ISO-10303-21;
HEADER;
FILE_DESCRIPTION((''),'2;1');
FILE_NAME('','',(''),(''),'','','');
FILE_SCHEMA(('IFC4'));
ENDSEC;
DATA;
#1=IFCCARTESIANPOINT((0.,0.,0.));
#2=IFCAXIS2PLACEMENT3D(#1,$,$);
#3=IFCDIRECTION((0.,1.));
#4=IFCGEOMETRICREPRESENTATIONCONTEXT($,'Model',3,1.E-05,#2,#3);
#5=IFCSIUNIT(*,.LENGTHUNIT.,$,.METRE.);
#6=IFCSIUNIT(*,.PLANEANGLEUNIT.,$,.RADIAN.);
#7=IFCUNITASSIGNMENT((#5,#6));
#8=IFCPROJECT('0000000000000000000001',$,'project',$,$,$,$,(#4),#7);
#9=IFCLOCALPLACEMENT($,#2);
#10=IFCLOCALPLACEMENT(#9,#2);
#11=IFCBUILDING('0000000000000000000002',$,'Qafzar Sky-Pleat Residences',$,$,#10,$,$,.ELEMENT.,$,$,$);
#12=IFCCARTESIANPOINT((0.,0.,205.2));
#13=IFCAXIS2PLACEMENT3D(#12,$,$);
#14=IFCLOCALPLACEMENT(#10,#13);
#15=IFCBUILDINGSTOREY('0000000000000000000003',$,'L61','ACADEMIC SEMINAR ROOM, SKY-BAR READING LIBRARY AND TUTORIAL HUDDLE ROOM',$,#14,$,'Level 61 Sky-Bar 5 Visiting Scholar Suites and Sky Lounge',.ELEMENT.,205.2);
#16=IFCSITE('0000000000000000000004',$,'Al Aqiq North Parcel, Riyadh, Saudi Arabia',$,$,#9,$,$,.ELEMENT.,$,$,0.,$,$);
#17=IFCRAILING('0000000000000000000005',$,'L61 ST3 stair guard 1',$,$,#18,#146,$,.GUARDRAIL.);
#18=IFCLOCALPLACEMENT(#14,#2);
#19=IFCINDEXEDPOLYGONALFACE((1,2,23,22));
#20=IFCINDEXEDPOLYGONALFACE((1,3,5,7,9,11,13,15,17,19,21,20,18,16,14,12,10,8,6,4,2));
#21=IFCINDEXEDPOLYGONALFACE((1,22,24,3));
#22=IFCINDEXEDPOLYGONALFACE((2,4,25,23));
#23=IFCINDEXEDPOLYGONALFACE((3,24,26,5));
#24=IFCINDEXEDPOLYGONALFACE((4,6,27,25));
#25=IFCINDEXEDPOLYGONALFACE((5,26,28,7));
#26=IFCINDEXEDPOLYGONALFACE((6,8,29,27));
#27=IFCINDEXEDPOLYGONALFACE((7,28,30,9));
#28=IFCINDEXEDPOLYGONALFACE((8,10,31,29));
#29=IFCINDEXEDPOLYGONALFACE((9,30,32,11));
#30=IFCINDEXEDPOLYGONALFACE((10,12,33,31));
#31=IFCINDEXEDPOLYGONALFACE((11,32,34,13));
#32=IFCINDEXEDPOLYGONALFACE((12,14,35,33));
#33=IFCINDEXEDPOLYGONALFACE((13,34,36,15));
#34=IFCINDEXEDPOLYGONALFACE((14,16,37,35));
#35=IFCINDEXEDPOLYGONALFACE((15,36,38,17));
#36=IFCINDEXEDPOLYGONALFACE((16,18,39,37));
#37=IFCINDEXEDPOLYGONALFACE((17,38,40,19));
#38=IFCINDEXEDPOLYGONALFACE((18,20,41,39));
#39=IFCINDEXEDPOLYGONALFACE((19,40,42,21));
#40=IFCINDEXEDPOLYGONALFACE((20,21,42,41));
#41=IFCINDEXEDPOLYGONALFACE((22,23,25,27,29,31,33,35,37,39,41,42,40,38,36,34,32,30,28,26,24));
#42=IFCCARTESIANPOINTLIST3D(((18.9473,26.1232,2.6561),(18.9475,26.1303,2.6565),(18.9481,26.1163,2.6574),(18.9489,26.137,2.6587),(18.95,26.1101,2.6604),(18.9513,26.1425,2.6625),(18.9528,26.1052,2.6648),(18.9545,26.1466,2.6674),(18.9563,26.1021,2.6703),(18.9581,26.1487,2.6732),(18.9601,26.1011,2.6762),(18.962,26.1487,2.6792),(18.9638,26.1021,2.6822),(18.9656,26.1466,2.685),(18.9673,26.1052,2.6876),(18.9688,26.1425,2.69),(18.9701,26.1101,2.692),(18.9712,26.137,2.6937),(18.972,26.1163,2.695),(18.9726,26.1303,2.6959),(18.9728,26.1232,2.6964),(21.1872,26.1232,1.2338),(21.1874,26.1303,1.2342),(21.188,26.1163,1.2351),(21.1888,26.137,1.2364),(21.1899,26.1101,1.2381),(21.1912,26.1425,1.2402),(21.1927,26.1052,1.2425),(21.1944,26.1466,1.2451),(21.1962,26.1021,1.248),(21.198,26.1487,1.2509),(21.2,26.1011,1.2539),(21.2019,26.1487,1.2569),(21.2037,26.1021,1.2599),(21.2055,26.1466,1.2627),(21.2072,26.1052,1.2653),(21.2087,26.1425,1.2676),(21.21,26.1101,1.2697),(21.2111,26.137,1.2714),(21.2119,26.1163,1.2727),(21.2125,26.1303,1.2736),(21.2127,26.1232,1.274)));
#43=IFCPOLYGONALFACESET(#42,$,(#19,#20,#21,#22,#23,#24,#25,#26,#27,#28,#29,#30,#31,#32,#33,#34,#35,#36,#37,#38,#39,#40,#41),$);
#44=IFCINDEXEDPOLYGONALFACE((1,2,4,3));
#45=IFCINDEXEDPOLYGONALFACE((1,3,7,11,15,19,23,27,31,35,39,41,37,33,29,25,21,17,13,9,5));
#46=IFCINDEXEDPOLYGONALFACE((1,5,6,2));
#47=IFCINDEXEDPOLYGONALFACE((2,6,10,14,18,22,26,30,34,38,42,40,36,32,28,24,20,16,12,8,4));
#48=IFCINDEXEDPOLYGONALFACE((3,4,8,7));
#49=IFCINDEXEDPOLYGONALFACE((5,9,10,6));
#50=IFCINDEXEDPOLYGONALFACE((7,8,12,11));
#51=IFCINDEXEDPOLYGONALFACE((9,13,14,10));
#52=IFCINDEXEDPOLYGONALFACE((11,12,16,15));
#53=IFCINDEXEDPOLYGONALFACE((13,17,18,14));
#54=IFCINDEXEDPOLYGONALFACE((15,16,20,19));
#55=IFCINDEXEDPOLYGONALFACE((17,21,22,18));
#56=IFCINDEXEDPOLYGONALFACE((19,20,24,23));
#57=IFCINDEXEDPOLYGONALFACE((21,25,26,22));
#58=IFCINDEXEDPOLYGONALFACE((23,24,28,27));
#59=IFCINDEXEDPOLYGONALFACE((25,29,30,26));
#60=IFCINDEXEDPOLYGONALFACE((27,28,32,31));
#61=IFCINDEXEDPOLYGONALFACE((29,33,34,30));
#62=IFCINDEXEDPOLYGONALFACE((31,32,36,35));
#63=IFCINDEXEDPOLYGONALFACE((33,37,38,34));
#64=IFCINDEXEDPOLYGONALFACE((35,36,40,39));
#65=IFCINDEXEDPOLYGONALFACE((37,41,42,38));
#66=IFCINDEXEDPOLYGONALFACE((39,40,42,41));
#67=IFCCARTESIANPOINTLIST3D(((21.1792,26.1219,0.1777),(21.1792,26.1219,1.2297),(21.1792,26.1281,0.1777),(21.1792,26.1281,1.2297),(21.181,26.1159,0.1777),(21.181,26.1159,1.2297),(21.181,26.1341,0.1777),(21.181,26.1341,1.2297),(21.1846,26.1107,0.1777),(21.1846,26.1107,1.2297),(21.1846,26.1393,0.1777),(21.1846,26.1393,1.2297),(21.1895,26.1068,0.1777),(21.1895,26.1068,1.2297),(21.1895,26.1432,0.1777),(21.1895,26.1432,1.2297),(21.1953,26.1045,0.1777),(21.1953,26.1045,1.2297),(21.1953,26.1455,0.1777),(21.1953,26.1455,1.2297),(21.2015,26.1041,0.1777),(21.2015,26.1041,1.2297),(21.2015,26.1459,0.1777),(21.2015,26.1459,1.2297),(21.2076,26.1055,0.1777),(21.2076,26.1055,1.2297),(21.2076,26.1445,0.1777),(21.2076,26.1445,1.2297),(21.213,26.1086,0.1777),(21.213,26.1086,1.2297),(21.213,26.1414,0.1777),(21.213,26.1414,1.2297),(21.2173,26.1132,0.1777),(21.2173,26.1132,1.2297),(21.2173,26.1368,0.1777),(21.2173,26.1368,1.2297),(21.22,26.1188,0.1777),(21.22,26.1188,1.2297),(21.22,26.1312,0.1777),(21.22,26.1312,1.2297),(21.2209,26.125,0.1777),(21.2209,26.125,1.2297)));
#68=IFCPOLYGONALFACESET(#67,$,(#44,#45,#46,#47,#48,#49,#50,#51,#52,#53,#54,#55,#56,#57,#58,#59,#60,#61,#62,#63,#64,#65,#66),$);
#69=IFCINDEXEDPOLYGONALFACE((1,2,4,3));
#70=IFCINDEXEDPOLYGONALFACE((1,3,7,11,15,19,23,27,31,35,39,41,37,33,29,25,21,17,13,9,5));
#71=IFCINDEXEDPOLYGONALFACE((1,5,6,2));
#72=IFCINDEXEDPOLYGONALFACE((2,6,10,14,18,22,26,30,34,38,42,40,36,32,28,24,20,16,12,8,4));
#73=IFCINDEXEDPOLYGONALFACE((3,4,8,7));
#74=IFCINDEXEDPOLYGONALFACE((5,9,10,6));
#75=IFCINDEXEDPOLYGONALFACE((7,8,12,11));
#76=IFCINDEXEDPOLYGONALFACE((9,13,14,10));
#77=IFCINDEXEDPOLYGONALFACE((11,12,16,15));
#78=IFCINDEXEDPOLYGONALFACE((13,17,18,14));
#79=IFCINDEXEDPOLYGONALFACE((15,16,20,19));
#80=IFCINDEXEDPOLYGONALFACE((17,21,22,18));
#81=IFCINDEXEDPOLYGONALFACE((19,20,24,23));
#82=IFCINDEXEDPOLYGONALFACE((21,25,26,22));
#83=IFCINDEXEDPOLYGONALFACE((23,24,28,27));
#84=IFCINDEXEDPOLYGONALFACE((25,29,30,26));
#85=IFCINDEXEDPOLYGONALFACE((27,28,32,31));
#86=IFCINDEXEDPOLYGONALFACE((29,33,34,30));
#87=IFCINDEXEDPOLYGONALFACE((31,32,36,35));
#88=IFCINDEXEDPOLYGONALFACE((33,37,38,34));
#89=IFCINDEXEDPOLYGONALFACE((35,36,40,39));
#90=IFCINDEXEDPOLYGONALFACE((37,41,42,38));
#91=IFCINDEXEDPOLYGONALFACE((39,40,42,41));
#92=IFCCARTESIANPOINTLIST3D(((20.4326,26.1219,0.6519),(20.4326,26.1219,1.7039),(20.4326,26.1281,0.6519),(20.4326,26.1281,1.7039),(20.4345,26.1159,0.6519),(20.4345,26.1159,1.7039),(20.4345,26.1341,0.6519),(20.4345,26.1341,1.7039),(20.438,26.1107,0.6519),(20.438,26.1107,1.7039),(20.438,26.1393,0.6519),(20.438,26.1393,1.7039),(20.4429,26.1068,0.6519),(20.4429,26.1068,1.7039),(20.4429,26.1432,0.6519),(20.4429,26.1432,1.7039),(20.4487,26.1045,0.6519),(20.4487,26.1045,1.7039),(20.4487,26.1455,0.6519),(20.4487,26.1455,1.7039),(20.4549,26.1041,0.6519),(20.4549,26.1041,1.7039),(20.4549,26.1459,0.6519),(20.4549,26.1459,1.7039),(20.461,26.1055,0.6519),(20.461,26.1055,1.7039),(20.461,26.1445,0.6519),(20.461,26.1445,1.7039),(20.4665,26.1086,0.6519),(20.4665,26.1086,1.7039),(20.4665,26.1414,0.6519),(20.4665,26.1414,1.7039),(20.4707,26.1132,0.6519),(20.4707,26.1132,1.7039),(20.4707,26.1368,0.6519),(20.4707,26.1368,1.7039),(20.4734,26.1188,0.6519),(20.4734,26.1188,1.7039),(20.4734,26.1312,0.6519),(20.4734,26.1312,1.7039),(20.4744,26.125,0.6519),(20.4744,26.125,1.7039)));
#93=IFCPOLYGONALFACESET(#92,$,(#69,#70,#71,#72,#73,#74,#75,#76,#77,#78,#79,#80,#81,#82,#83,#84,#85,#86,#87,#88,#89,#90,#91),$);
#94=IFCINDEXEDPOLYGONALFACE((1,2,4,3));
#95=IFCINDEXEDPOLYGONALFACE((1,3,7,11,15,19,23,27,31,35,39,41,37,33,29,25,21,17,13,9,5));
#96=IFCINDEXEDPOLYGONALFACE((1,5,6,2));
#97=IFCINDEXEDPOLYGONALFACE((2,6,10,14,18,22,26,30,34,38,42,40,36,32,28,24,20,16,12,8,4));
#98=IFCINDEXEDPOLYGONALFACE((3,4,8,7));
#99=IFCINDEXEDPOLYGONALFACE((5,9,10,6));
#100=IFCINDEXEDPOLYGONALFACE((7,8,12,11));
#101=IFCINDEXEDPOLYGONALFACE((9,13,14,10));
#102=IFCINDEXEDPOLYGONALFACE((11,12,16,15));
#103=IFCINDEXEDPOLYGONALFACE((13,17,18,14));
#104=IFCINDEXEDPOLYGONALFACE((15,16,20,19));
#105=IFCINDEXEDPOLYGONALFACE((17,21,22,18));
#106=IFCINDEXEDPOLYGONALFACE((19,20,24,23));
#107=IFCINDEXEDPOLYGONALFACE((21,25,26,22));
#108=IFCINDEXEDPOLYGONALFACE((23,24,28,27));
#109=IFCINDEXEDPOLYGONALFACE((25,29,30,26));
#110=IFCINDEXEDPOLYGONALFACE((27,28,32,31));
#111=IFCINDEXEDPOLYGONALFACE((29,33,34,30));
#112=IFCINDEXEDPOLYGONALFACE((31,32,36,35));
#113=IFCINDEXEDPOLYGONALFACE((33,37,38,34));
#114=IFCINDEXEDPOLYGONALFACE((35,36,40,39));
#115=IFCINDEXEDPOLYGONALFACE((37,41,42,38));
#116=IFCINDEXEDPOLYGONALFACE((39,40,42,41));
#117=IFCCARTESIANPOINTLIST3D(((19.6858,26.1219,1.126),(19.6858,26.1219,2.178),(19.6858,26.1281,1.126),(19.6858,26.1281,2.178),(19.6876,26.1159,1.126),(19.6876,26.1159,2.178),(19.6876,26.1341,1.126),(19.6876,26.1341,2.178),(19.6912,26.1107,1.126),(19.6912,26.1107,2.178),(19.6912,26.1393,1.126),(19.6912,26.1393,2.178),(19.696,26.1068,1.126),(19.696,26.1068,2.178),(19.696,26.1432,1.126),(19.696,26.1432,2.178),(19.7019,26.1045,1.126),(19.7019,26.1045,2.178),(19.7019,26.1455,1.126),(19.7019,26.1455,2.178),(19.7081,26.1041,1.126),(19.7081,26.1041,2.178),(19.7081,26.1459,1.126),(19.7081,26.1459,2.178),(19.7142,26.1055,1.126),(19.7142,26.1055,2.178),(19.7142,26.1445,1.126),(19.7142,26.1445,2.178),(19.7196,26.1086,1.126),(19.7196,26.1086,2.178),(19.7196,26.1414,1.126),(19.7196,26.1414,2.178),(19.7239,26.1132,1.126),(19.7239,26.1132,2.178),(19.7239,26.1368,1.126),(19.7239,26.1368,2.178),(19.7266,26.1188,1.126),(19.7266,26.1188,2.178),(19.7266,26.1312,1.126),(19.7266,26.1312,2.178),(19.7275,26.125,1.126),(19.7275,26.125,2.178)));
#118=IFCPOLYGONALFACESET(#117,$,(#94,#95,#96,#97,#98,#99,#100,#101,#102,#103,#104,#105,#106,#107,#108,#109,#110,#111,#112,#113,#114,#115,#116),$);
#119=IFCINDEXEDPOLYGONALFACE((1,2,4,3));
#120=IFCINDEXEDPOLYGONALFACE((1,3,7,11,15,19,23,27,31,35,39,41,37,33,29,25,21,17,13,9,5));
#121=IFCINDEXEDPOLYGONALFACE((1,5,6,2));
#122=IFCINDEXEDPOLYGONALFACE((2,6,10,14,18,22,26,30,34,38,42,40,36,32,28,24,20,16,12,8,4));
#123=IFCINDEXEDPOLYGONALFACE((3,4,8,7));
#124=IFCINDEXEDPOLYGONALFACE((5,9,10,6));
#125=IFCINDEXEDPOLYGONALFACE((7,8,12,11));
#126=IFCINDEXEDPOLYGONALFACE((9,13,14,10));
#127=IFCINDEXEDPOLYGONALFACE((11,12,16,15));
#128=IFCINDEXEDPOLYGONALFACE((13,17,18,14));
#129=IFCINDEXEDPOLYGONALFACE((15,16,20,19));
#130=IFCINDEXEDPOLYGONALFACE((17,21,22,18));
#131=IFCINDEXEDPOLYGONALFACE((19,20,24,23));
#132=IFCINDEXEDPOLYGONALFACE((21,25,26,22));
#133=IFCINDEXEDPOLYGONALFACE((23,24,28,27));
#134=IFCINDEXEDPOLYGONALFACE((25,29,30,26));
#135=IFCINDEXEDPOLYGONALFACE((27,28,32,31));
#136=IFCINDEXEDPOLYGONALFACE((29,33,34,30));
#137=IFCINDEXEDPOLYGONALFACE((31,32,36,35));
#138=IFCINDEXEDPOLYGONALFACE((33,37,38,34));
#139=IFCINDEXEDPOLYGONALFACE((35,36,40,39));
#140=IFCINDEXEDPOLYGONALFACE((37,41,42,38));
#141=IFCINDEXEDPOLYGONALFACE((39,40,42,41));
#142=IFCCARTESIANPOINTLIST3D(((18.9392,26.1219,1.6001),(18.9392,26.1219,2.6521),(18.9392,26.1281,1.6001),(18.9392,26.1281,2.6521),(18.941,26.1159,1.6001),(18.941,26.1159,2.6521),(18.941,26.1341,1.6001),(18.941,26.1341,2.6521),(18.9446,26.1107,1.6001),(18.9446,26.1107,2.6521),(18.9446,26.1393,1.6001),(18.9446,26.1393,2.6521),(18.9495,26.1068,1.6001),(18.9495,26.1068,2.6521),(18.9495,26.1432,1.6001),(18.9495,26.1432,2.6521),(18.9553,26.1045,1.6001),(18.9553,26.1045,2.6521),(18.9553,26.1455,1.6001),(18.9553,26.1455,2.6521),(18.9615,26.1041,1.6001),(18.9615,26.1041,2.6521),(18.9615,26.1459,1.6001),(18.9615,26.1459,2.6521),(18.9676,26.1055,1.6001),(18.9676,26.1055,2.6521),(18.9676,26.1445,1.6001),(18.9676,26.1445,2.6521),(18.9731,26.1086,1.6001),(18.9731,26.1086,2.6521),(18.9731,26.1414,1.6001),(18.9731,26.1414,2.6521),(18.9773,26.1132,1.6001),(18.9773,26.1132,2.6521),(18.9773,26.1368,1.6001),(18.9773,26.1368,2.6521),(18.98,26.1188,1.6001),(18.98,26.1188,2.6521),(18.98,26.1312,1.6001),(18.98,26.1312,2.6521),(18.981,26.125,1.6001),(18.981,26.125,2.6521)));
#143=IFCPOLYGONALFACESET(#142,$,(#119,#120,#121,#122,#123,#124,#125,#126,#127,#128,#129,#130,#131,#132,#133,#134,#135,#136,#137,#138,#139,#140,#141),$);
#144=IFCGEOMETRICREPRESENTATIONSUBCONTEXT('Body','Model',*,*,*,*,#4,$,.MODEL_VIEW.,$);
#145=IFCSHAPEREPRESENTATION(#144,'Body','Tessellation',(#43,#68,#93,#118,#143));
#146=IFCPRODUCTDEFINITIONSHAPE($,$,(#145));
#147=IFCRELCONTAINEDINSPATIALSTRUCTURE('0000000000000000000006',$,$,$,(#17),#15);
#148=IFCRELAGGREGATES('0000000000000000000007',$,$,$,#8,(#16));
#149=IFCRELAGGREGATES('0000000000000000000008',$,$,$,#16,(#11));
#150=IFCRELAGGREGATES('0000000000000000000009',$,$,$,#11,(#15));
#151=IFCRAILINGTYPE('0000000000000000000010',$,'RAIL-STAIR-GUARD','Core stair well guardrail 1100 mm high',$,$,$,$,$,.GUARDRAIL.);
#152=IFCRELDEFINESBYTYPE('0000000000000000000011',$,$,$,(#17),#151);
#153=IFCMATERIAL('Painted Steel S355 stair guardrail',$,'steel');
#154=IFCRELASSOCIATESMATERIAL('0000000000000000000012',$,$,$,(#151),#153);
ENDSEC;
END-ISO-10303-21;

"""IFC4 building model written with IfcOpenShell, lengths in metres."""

from ifc_helpers import new_model, si_unit, direction, frame, origin, origin_2d, place, context, subcontext, project, spatial, circle, extrude, source, transform, mapped, material, type_object, element, save


model = new_model("IFC4")

# Units and contexts
model_context = context("Model", 3, precision=1e-05, world=origin(), true_north=direction((0.0, 1.0)))
body_context = subcontext(model_context, "Body", "Model", "MODEL_VIEW")
ifc_project = project(units=[si_unit("LENGTHUNIT", "METRE"), si_unit("PLANEANGLEUNIT", "RADIAN")], contexts=[model_context])

# Site, building, storey
site_placement = place(None, origin())
site = spatial("IfcSite", under=ifc_project, at=site_placement, Name="Al Aqiq North Parcel, Riyadh, Saudi Arabia", CompositionType="ELEMENT", RefElevation=0.0)
building_placement = place(site_placement, origin())
building = spatial("IfcBuilding", under=site, at=building_placement, Name="Qafzar Sky-Pleat Residences", CompositionType="ELEMENT")
storey_placement = place(building_placement, frame((0.0, 0.0, 205.2)))
storey = spatial("IfcBuildingStorey", under=building, at=storey_placement, Name="L61", Description="ACADEMIC SEMINAR ROOM, SKY-BAR READING LIBRARY AND TUTORIAL HUDDLE ROOM", LongName="Level 61 Sky-Bar 5 Visiting Scholar Suites and Sky Lounge", CompositionType="ELEMENT", Elevation=205.2)

# Railing
ifc_material_1 = material(Name="Painted Steel S355 stair guardrail", Category="steel")
railing_type = type_object("IfcRailingType", Name="RAIL-STAIR-GUARD", Description="Core stair well guardrail 1100 mm high", PredefinedType="GUARDRAIL", material=ifc_material_1)
shared_shape_1 = source(origin(), body_context, "Body", "SweptSolid", [
    extrude(circle(Radius=0.0239, at=origin_2d()), frame((0.0, 0.0, 1.0762), z_axis=(-0.844188, 0.0, 0.536048), x_axis=(0.0, -1.0, 0.0)), (0.0, 0.0, 1.0), 2.6533),
    extrude(circle(Radius=0.021, at=origin_2d()), origin(), (0.0, 0.0, 1.0), 1.052),
    extrude(circle(Radius=0.021, at=origin_2d()), frame((-0.7466, 0.0, 0.4741)), (0.0, 0.0, 1.0), 1.052),
    extrude(circle(Radius=0.021, at=origin_2d()), frame((-1.4934, 0.0, 0.9482)), (0.0, 0.0, 1.0), 1.052),
    extrude(circle(Radius=0.021, at=origin_2d()), frame((-2.24, 0.0, 1.4224)), (0.0, 0.0, 1.0), 1.052),
])
railing_1_placement = place(storey_placement, frame((21.2, 26.125, 0.1777)))
element("IfcRailing", 1, at=railing_1_placement, inside=storey, type_object=railing_type, Name="L61 ST3 stair guard 1", PredefinedType="GUARDRAIL", context=body_context, shape_type="MappedRepresentation", body=[
    mapped(shared_shape_1, transform((0.0, 0.0, 0.0), x_axis=(1.0, 0.0, 0.0), y_axis=(0.0, 1.0, 0.0), z_axis=(0.0, 0.0, 1.0), scale=1.0)),
])

save(model, "model.ifc")
